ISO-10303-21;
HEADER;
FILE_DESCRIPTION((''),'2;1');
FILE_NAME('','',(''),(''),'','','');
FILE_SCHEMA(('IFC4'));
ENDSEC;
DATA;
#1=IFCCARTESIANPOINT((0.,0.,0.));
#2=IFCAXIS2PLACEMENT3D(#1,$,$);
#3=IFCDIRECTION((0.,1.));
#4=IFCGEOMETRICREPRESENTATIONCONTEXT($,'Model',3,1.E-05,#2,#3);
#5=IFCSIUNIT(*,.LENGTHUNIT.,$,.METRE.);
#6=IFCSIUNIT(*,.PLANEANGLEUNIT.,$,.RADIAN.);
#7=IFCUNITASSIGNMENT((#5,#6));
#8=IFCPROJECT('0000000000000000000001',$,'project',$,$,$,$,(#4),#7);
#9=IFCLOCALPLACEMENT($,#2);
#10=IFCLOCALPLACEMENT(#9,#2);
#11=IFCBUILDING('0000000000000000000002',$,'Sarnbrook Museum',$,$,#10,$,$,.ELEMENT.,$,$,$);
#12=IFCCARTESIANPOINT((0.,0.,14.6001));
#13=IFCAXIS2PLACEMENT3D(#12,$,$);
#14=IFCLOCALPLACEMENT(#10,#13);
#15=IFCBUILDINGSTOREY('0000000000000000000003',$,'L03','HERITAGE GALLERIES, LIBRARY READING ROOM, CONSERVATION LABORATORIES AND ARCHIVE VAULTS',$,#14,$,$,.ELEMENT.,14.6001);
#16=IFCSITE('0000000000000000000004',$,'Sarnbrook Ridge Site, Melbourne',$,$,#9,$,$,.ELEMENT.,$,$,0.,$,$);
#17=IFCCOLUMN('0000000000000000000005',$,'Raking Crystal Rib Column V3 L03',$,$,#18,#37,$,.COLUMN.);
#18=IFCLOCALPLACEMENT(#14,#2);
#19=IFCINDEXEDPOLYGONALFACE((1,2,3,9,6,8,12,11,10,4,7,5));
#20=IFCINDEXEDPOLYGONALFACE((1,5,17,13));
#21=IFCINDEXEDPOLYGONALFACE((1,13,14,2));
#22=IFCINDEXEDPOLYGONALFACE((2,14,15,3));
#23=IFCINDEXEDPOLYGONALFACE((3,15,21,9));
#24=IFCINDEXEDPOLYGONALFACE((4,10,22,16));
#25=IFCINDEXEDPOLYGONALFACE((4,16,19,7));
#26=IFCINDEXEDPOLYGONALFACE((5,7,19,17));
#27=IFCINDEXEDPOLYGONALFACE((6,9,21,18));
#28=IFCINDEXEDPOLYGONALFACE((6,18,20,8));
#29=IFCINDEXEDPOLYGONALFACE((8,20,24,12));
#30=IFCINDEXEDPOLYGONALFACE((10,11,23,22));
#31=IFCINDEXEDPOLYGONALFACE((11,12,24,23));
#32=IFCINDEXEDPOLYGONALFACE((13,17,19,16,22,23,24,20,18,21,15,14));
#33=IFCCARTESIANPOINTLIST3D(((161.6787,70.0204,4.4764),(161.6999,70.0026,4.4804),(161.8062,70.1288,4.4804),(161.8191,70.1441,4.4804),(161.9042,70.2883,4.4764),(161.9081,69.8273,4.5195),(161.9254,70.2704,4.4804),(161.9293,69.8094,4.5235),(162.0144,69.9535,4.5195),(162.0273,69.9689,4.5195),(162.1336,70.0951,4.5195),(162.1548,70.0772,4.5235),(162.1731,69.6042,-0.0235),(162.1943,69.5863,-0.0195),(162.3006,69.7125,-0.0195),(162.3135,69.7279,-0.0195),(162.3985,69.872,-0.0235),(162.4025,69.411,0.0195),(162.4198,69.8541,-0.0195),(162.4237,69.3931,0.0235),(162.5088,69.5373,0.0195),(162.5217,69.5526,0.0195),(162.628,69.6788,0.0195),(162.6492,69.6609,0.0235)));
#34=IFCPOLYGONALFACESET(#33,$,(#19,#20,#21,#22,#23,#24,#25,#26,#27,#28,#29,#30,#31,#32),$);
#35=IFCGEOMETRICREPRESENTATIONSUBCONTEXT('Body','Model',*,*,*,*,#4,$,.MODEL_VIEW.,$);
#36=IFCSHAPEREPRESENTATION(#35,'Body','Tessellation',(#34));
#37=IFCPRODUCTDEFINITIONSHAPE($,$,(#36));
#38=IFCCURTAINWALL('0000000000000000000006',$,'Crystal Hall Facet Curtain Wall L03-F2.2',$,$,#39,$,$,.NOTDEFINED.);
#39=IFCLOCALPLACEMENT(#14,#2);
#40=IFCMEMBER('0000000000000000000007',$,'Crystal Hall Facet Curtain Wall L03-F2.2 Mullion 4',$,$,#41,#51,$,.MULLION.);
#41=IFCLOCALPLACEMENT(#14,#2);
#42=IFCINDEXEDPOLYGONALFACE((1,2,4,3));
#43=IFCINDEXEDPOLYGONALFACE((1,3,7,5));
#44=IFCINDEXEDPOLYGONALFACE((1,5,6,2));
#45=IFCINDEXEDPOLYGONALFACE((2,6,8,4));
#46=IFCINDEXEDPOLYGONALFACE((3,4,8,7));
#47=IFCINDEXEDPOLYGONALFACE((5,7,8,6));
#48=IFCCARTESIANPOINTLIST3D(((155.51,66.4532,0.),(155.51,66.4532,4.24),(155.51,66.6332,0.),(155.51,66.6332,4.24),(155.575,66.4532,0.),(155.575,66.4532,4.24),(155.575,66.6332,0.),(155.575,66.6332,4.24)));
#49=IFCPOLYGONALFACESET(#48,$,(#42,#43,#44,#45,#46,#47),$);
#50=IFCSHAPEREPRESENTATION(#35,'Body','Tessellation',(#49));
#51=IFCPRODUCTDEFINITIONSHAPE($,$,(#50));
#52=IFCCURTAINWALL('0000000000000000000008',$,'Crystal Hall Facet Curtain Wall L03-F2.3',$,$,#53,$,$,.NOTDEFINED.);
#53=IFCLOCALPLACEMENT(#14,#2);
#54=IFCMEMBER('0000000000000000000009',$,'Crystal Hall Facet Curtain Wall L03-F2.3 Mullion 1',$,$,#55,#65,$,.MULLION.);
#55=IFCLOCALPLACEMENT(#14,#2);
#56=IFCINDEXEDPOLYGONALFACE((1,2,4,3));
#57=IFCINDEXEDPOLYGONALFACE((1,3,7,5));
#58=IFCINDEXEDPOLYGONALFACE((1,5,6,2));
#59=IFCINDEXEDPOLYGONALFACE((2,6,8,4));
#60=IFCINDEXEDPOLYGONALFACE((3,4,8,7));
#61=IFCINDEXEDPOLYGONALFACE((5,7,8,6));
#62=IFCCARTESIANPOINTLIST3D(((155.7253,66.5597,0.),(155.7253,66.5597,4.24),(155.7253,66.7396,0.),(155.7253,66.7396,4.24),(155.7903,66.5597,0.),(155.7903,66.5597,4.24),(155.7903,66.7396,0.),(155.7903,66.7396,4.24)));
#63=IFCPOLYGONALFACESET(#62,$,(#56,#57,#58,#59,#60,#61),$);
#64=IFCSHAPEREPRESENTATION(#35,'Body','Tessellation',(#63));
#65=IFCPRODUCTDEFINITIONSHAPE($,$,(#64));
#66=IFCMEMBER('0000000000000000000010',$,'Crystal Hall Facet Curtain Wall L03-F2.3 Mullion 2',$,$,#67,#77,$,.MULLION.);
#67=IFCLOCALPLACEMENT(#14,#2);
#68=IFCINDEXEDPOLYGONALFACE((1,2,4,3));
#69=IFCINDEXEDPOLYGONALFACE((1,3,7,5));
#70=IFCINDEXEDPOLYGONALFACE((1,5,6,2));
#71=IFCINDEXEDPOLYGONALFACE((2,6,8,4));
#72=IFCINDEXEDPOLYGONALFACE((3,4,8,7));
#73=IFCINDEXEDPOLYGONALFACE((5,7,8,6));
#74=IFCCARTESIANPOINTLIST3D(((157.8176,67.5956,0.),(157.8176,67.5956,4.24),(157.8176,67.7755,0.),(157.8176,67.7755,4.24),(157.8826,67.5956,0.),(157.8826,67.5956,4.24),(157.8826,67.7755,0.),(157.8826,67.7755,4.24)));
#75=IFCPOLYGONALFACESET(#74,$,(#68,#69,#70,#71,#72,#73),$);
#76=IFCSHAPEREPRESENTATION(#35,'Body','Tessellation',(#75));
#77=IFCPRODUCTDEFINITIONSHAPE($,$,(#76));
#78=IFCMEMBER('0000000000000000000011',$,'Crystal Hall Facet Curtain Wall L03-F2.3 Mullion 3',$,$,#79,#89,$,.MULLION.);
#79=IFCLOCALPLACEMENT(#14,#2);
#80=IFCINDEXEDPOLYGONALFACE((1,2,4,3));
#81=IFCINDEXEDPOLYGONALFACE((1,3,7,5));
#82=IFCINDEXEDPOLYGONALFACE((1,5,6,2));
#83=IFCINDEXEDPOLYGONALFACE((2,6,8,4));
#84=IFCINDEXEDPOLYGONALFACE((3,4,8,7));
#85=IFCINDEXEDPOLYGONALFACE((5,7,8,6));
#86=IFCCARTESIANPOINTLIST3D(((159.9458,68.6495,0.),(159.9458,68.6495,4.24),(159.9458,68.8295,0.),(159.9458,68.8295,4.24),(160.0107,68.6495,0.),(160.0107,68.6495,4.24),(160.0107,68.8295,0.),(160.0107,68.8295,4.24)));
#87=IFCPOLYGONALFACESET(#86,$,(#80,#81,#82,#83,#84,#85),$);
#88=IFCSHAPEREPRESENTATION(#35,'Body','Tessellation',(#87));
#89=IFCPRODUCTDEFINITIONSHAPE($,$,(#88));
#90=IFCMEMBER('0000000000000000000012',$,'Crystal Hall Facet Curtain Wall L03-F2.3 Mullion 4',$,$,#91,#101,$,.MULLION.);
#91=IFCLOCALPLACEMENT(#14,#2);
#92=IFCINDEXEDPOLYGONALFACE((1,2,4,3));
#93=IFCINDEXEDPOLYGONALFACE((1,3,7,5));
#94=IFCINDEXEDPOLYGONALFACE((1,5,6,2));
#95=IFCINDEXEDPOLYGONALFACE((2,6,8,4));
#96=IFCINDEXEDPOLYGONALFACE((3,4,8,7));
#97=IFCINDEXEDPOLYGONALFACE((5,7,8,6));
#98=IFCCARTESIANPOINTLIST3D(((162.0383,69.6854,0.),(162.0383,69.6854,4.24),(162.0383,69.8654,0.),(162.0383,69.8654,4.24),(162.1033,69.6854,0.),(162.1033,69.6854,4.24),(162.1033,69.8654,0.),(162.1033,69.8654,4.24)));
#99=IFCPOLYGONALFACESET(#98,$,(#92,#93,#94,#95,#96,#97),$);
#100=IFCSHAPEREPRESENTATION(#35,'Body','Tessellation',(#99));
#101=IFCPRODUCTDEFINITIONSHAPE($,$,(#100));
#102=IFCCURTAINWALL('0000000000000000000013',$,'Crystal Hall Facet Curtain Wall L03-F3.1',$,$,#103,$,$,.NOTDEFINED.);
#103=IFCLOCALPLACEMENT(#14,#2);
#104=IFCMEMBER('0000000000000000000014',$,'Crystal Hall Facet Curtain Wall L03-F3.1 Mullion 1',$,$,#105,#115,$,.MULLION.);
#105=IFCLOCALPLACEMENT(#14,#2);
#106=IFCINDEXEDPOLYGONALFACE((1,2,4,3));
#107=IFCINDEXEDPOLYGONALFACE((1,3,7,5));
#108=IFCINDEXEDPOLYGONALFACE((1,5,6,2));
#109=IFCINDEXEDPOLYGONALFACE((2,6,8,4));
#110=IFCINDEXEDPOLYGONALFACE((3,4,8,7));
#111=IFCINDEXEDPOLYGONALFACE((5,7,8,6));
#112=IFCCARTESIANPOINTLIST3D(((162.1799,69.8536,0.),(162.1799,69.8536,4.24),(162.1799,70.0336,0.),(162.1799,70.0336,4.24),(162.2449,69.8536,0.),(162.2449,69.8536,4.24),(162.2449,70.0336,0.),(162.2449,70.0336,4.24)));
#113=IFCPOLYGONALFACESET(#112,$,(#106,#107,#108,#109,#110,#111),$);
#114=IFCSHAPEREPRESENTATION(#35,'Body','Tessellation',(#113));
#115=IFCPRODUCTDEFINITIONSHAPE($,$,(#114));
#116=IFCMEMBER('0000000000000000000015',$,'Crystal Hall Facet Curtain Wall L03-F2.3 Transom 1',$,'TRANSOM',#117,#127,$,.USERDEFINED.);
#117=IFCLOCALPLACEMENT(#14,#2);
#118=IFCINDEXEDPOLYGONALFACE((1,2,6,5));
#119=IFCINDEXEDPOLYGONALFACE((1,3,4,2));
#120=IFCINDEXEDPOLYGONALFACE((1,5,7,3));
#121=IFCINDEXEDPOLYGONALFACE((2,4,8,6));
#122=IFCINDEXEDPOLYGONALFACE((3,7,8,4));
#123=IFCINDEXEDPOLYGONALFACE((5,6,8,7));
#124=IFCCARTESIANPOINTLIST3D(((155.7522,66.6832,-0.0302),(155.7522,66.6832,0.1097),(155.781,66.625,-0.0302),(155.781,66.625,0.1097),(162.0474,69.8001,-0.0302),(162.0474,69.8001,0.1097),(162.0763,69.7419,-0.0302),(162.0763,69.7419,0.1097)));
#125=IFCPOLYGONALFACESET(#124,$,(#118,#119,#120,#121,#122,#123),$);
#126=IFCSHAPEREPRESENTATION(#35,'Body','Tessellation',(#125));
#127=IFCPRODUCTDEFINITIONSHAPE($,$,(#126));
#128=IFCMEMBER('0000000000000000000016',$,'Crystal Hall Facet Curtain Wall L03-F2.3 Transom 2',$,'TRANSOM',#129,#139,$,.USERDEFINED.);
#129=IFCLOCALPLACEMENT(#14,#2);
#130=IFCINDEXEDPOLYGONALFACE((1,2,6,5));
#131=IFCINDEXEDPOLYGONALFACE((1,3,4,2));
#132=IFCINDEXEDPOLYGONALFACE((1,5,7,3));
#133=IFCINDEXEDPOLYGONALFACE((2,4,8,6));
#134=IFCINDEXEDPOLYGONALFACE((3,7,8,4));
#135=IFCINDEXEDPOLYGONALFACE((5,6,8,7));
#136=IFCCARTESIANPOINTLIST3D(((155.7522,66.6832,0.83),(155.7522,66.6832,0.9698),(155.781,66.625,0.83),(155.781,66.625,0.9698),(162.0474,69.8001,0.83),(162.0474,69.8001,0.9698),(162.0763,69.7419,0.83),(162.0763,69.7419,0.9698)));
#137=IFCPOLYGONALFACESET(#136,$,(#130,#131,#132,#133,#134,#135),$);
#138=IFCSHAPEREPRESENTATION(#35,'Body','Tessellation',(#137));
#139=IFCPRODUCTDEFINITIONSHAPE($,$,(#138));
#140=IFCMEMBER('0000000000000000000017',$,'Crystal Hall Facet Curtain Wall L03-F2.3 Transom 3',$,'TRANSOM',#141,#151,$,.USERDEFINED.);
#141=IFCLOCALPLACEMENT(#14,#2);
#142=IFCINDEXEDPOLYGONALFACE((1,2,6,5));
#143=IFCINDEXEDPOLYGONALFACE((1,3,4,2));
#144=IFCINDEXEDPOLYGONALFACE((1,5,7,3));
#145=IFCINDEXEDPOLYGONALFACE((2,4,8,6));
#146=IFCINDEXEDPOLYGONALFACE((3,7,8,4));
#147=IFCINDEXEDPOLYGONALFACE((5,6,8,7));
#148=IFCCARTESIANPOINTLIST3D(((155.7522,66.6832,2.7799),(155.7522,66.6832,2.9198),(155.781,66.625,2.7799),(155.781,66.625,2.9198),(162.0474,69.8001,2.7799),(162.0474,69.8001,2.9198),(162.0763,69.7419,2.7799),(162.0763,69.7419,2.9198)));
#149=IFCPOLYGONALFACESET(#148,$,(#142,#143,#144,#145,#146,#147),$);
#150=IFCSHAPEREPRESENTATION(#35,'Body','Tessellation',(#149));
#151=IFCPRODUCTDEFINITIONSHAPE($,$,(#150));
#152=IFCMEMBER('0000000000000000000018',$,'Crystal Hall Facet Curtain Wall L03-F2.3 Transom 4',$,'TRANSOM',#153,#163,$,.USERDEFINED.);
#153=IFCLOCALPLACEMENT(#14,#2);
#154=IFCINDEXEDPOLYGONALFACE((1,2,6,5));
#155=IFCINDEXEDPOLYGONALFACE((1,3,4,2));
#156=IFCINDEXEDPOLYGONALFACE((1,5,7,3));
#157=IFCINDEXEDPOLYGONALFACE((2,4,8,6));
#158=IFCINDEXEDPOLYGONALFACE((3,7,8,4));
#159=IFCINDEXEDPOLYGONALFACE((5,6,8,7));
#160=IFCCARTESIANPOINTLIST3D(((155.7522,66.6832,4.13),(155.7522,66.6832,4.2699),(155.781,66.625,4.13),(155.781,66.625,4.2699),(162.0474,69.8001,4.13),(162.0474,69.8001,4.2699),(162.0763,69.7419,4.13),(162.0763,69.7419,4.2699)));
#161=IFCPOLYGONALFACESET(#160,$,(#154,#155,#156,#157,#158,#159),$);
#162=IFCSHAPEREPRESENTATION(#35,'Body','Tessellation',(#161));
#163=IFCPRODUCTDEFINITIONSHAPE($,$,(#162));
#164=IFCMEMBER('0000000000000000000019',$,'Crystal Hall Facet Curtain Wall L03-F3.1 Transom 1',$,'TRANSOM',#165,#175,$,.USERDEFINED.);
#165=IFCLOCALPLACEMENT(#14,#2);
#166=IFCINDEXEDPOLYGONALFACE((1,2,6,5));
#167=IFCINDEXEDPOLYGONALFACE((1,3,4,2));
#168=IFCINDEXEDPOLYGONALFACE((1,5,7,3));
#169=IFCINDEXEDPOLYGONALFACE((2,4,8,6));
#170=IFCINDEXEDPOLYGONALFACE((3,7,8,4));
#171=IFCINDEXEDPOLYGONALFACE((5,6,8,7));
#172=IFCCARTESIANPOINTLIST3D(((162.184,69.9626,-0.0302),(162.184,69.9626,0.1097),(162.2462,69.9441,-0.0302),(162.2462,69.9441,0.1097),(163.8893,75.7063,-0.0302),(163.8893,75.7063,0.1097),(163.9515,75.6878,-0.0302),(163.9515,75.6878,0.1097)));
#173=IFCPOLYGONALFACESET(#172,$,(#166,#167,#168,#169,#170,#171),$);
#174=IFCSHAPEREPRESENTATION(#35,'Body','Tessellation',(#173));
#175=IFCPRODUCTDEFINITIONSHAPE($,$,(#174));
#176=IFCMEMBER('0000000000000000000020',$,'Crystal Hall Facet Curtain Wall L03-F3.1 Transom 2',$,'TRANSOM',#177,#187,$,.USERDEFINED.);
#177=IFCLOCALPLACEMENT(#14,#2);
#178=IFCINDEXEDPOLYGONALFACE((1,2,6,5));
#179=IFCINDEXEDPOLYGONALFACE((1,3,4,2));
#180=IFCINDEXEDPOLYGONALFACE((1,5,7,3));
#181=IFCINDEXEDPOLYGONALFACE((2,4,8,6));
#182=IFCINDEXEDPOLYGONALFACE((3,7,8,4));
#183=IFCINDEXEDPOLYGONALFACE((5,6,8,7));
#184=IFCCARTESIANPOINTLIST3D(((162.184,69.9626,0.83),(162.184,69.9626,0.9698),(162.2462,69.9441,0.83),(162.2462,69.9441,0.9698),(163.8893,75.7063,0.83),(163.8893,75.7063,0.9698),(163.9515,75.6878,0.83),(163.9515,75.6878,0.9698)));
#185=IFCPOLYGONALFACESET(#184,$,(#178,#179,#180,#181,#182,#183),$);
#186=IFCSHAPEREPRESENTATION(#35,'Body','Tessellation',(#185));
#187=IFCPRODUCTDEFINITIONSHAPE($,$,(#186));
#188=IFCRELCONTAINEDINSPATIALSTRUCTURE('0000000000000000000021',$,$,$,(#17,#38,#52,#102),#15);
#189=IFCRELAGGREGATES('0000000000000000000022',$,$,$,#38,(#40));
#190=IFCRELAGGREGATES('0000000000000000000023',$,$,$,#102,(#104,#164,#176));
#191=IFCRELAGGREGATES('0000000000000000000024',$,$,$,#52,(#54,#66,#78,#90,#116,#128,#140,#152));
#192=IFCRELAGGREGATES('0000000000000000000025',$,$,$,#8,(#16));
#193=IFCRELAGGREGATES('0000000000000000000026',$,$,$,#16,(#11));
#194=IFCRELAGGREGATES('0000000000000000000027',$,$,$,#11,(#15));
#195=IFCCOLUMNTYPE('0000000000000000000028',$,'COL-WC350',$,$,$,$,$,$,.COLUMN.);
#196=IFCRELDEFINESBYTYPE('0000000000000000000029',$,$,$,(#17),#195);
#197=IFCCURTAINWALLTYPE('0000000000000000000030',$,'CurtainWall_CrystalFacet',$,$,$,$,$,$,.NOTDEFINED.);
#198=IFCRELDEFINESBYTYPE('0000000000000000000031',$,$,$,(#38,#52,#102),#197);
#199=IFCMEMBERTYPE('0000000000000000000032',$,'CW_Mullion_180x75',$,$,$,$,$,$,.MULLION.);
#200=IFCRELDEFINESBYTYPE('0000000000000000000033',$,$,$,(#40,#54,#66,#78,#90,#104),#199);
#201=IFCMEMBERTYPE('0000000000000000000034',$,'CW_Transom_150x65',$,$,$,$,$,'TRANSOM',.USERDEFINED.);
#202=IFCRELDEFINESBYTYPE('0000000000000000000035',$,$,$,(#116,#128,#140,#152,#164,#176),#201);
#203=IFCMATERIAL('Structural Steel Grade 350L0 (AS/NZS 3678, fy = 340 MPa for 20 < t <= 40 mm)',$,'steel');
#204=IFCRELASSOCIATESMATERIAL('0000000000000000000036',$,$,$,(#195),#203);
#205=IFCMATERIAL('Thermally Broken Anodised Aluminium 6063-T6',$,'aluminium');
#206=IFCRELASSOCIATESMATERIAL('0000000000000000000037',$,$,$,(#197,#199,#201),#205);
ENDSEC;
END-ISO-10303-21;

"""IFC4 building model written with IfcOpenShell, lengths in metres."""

from ifc_helpers import new_model, si_unit, direction, frame, origin, origin_2d, place, context, subcontext, project, spatial, rectangle, i_section, extrude, material, material_profile, profile_set, type_object, element, aggregate, save


model = new_model("IFC4")

# Units and contexts
model_context = context("Model", 3, precision=1e-05, world=origin(), true_north=direction((0.0, 1.0)))
body_context = subcontext(model_context, "Body", "Model", "MODEL_VIEW")
ifc_project = project(units=[si_unit("LENGTHUNIT", "METRE"), si_unit("PLANEANGLEUNIT", "RADIAN")], contexts=[model_context])

# Site, building, storey
site_placement = place(None, origin())
site = spatial("IfcSite", under=ifc_project, at=site_placement, Name="Sarnbrook Ridge Site, Melbourne", CompositionType="ELEMENT", RefElevation=0.0)
building_placement = place(site_placement, origin())
building = spatial("IfcBuilding", under=site, at=building_placement, Name="Sarnbrook Museum", CompositionType="ELEMENT")
storey_placement = place(building_placement, frame((0.0, 0.0, 14.6001)))
storey = spatial("IfcBuildingStorey", under=building, at=storey_placement, Name="L03", Description="HERITAGE GALLERIES, LIBRARY READING ROOM, CONSERVATION LABORATORIES AND ARCHIVE VAULTS", CompositionType="ELEMENT", Elevation=14.6001)

# Column
ifc_material_1 = material(Name="Structural Steel Grade 350L0 (AS/NZS 3678, fy = 340 MPa for 20 < t <= 40 mm)", Category="steel")
ifc_material_profile_1 = material_profile(ifc_material_1, i_section(OverallWidth=0.3501, OverallDepth=0.3311, WebThickness=0.02, FlangeThickness=0.0281, at=origin_2d()), Name="350WC197")
ifc_profile_set_1 = profile_set([ifc_material_profile_1], Name="Structural Steel Grade 350L0 (AS/NZS 3678, fy = 340 MPa for 20 < t <= 40 mm)")
column_type = type_object("IfcColumnType", Name="COL-WC350", PredefinedType="COLUMN", material=ifc_profile_set_1)
column_placement = place(storey_placement, frame((162.4111, 69.6326, 0.0), z_axis=(-0.108747, 0.091563, 0.989844), x_axis=(-0.644078, -0.76496, 0.0)))
element("IfcColumn", 1, at=column_placement, inside=storey, type_object=column_type, Name="Raking Crystal Rib Column V3 L03", PredefinedType="COLUMN", context=body_context, shape_type="SweptSolid", body=[
    extrude(i_section(OverallWidth=0.3501, OverallDepth=0.3311, WebThickness=0.02, FlangeThickness=0.0281, at=origin_2d()), origin(), (0.0, 0.0, 1.0), 4.5461),
])

# Curtain wall, member
ifc_material_2 = material(Name="Thermally Broken Anodised Aluminium 6063-T6", Category="aluminium")
curtain_wall_type = type_object("IfcCurtainWallType", Name="CurtainWall_CrystalFacet", PredefinedType="NOTDEFINED", material=ifc_material_2)
curtain_wall_1_placement = place(storey_placement, origin())
curtain_wall_1 = element("IfcCurtainWall", 2, at=curtain_wall_1_placement, inside=storey, type_object=curtain_wall_type, Name="Crystal Hall Facet Curtain Wall L03-F2.2", PredefinedType="NOTDEFINED")
ifc_material_profile_2 = material_profile(ifc_material_2, rectangle(XDim=0.0649, YDim=0.1799, at=origin_2d()), Name="ALU MULLION 65x180")
ifc_profile_set_2 = profile_set([ifc_material_profile_2], Name="Thermally Broken Anodised Aluminium 6063-T6")
member_type_1 = type_object("IfcMemberType", Name="CW_Mullion_180x75", PredefinedType="MULLION", material=ifc_profile_set_2)
member_1_placement = place(storey_placement, frame((155.5425, 66.5432, 0.0), z_axis=(0.0, 0.0, 1.0), x_axis=(1.0, 0.0, 0.0)))
member_1 = element("IfcMember", 3, at=member_1_placement, type_object=member_type_1, Name="Crystal Hall Facet Curtain Wall L03-F2.2 Mullion 4", PredefinedType="MULLION", context=body_context, shape_type="SweptSolid", body=[
    extrude(rectangle(XDim=0.0649, YDim=0.1799, at=origin_2d()), origin(), (0.0, 0.0, 1.0), 4.24),
])
aggregate(curtain_wall_1, [member_1])

# Curtain wall, members
curtain_wall_2_placement = place(storey_placement, origin())
curtain_wall_2 = element("IfcCurtainWall", 4, at=curtain_wall_2_placement, inside=storey, type_object=curtain_wall_type, Name="Crystal Hall Facet Curtain Wall L03-F2.3", PredefinedType="NOTDEFINED")
member_2_placement = place(storey_placement, frame((155.7578, 66.6497, 0.0), z_axis=(0.0, 0.0, 1.0), x_axis=(1.0, 0.0, 0.0)))
member_2 = element("IfcMember", 5, at=member_2_placement, type_object=member_type_1, Name="Crystal Hall Facet Curtain Wall L03-F2.3 Mullion 1", PredefinedType="MULLION", context=body_context, shape_type="SweptSolid", body=[
    extrude(rectangle(XDim=0.0649, YDim=0.1799, at=origin_2d()), origin(), (0.0, 0.0, 1.0), 4.24),
])
member_3_placement = place(storey_placement, frame((157.8501, 67.6855, 0.0), z_axis=(0.0, 0.0, 1.0), x_axis=(1.0, 0.0, 0.0)))
member_3 = element("IfcMember", 6, at=member_3_placement, type_object=member_type_1, Name="Crystal Hall Facet Curtain Wall L03-F2.3 Mullion 2", PredefinedType="MULLION", context=body_context, shape_type="SweptSolid", body=[
    extrude(rectangle(XDim=0.0649, YDim=0.1799, at=origin_2d()), origin(), (0.0, 0.0, 1.0), 4.24),
])
member_4_placement = place(storey_placement, frame((159.9783, 68.7395, 0.0), z_axis=(0.0, 0.0, 1.0), x_axis=(1.0, 0.0, 0.0)))
member_4 = element("IfcMember", 7, at=member_4_placement, type_object=member_type_1, Name="Crystal Hall Facet Curtain Wall L03-F2.3 Mullion 3", PredefinedType="MULLION", context=body_context, shape_type="SweptSolid", body=[
    extrude(rectangle(XDim=0.0649, YDim=0.1799, at=origin_2d()), origin(), (0.0, 0.0, 1.0), 4.24),
])
member_5_placement = place(storey_placement, frame((162.0708, 69.7754, 0.0), z_axis=(0.0, 0.0, 1.0), x_axis=(1.0, 0.0, 0.0)))
member_5 = element("IfcMember", 8, at=member_5_placement, type_object=member_type_1, Name="Crystal Hall Facet Curtain Wall L03-F2.3 Mullion 4", PredefinedType="MULLION", context=body_context, shape_type="SweptSolid", body=[
    extrude(rectangle(XDim=0.0649, YDim=0.1799, at=origin_2d()), origin(), (0.0, 0.0, 1.0), 4.24),
])

# Curtain wall, member
curtain_wall_3_placement = place(storey_placement, origin())
curtain_wall_3 = element("IfcCurtainWall", 9, at=curtain_wall_3_placement, inside=storey, type_object=curtain_wall_type, Name="Crystal Hall Facet Curtain Wall L03-F3.1", PredefinedType="NOTDEFINED")
member_6_placement = place(storey_placement, frame((162.2124, 69.9436, 0.0), z_axis=(0.0, 0.0, 1.0), x_axis=(1.0, 0.0, 0.0)))
member_6 = element("IfcMember", 10, at=member_6_placement, type_object=member_type_1, Name="Crystal Hall Facet Curtain Wall L03-F3.1 Mullion 1", PredefinedType="MULLION", context=body_context, shape_type="SweptSolid", body=[
    extrude(rectangle(XDim=0.0649, YDim=0.1799, at=origin_2d()), origin(), (0.0, 0.0, 1.0), 4.24),
])

# Members
ifc_material_profile_3 = material_profile(ifc_material_2, rectangle(XDim=0.0649, YDim=0.1399, at=origin_2d()), Name="ALU TRANSOM 65x140")
ifc_profile_set_3 = profile_set([ifc_material_profile_3], Name="Thermally Broken Anodised Aluminium 6063-T6")
member_type_2 = type_object("IfcMemberType", Name="CW_Transom_150x65", ElementType="TRANSOM", PredefinedType="USERDEFINED", material=ifc_profile_set_3)
member_7_placement = place(storey_placement, frame((155.7666, 66.6541, 0.0398), z_axis=(0.896165, 0.443721, 0.0), x_axis=(-0.443721, 0.896165, 0.0)))
member_7 = element("IfcMember", 11, at=member_7_placement, type_object=member_type_2, Name="Crystal Hall Facet Curtain Wall L03-F2.3 Transom 1", ObjectType="TRANSOM", PredefinedType="USERDEFINED", context=body_context, shape_type="SweptSolid", body=[
    extrude(rectangle(XDim=0.0649, YDim=0.1399, at=origin_2d()), origin(), (0.0, 0.0, 1.0), 7.0247),
])
member_8_placement = place(storey_placement, frame((155.7666, 66.6541, 0.8999), z_axis=(0.896165, 0.443721, 0.0), x_axis=(-0.443721, 0.896165, 0.0)))
member_8 = element("IfcMember", 12, at=member_8_placement, type_object=member_type_2, Name="Crystal Hall Facet Curtain Wall L03-F2.3 Transom 2", ObjectType="TRANSOM", PredefinedType="USERDEFINED", context=body_context, shape_type="SweptSolid", body=[
    extrude(rectangle(XDim=0.0649, YDim=0.1399, at=origin_2d()), origin(), (0.0, 0.0, 1.0), 7.0247),
])
member_9_placement = place(storey_placement, frame((155.7666, 66.6541, 2.8499), z_axis=(0.896165, 0.443721, 0.0), x_axis=(-0.443721, 0.896165, 0.0)))
member_9 = element("IfcMember", 13, at=member_9_placement, type_object=member_type_2, Name="Crystal Hall Facet Curtain Wall L03-F2.3 Transom 3", ObjectType="TRANSOM", PredefinedType="USERDEFINED", context=body_context, shape_type="SweptSolid", body=[
    extrude(rectangle(XDim=0.0649, YDim=0.1399, at=origin_2d()), origin(), (0.0, 0.0, 1.0), 7.0247),
])
member_10_placement = place(storey_placement, frame((155.7666, 66.6541, 4.2), z_axis=(0.896165, 0.443721, 0.0), x_axis=(-0.443721, 0.896165, 0.0)))
member_10 = element("IfcMember", 14, at=member_10_placement, type_object=member_type_2, Name="Crystal Hall Facet Curtain Wall L03-F2.3 Transom 4", ObjectType="TRANSOM", PredefinedType="USERDEFINED", context=body_context, shape_type="SweptSolid", body=[
    extrude(rectangle(XDim=0.0649, YDim=0.1399, at=origin_2d()), origin(), (0.0, 0.0, 1.0), 7.0247),
])
member_11_placement = place(storey_placement, frame((162.2151, 69.9534, 0.0398), z_axis=(0.284625, 0.958639, 0.0), x_axis=(-0.958639, 0.284625, 0.0)))
member_11 = element("IfcMember", 15, at=member_11_placement, type_object=member_type_2, Name="Crystal Hall Facet Curtain Wall L03-F3.1 Transom 1", ObjectType="TRANSOM", PredefinedType="USERDEFINED", context=body_context, shape_type="SweptSolid", body=[
    extrude(rectangle(XDim=0.0649, YDim=0.1399, at=origin_2d()), origin(), (0.0, 0.0, 1.0), 5.9915),
])
member_12_placement = place(storey_placement, frame((162.2151, 69.9534, 0.8999), z_axis=(0.284625, 0.958639, 0.0), x_axis=(-0.958639, 0.284625, 0.0)))
member_12 = element("IfcMember", 16, at=member_12_placement, type_object=member_type_2, Name="Crystal Hall Facet Curtain Wall L03-F3.1 Transom 2", ObjectType="TRANSOM", PredefinedType="USERDEFINED", context=body_context, shape_type="SweptSolid", body=[
    extrude(rectangle(XDim=0.0649, YDim=0.1399, at=origin_2d()), origin(), (0.0, 0.0, 1.0), 5.9915),
])
aggregate(curtain_wall_3, [member_6, member_11, member_12])

aggregate(curtain_wall_2, [member_2, member_3, member_4, member_5, member_7, member_8, member_9, member_10])

save(model, "model.ifc")
